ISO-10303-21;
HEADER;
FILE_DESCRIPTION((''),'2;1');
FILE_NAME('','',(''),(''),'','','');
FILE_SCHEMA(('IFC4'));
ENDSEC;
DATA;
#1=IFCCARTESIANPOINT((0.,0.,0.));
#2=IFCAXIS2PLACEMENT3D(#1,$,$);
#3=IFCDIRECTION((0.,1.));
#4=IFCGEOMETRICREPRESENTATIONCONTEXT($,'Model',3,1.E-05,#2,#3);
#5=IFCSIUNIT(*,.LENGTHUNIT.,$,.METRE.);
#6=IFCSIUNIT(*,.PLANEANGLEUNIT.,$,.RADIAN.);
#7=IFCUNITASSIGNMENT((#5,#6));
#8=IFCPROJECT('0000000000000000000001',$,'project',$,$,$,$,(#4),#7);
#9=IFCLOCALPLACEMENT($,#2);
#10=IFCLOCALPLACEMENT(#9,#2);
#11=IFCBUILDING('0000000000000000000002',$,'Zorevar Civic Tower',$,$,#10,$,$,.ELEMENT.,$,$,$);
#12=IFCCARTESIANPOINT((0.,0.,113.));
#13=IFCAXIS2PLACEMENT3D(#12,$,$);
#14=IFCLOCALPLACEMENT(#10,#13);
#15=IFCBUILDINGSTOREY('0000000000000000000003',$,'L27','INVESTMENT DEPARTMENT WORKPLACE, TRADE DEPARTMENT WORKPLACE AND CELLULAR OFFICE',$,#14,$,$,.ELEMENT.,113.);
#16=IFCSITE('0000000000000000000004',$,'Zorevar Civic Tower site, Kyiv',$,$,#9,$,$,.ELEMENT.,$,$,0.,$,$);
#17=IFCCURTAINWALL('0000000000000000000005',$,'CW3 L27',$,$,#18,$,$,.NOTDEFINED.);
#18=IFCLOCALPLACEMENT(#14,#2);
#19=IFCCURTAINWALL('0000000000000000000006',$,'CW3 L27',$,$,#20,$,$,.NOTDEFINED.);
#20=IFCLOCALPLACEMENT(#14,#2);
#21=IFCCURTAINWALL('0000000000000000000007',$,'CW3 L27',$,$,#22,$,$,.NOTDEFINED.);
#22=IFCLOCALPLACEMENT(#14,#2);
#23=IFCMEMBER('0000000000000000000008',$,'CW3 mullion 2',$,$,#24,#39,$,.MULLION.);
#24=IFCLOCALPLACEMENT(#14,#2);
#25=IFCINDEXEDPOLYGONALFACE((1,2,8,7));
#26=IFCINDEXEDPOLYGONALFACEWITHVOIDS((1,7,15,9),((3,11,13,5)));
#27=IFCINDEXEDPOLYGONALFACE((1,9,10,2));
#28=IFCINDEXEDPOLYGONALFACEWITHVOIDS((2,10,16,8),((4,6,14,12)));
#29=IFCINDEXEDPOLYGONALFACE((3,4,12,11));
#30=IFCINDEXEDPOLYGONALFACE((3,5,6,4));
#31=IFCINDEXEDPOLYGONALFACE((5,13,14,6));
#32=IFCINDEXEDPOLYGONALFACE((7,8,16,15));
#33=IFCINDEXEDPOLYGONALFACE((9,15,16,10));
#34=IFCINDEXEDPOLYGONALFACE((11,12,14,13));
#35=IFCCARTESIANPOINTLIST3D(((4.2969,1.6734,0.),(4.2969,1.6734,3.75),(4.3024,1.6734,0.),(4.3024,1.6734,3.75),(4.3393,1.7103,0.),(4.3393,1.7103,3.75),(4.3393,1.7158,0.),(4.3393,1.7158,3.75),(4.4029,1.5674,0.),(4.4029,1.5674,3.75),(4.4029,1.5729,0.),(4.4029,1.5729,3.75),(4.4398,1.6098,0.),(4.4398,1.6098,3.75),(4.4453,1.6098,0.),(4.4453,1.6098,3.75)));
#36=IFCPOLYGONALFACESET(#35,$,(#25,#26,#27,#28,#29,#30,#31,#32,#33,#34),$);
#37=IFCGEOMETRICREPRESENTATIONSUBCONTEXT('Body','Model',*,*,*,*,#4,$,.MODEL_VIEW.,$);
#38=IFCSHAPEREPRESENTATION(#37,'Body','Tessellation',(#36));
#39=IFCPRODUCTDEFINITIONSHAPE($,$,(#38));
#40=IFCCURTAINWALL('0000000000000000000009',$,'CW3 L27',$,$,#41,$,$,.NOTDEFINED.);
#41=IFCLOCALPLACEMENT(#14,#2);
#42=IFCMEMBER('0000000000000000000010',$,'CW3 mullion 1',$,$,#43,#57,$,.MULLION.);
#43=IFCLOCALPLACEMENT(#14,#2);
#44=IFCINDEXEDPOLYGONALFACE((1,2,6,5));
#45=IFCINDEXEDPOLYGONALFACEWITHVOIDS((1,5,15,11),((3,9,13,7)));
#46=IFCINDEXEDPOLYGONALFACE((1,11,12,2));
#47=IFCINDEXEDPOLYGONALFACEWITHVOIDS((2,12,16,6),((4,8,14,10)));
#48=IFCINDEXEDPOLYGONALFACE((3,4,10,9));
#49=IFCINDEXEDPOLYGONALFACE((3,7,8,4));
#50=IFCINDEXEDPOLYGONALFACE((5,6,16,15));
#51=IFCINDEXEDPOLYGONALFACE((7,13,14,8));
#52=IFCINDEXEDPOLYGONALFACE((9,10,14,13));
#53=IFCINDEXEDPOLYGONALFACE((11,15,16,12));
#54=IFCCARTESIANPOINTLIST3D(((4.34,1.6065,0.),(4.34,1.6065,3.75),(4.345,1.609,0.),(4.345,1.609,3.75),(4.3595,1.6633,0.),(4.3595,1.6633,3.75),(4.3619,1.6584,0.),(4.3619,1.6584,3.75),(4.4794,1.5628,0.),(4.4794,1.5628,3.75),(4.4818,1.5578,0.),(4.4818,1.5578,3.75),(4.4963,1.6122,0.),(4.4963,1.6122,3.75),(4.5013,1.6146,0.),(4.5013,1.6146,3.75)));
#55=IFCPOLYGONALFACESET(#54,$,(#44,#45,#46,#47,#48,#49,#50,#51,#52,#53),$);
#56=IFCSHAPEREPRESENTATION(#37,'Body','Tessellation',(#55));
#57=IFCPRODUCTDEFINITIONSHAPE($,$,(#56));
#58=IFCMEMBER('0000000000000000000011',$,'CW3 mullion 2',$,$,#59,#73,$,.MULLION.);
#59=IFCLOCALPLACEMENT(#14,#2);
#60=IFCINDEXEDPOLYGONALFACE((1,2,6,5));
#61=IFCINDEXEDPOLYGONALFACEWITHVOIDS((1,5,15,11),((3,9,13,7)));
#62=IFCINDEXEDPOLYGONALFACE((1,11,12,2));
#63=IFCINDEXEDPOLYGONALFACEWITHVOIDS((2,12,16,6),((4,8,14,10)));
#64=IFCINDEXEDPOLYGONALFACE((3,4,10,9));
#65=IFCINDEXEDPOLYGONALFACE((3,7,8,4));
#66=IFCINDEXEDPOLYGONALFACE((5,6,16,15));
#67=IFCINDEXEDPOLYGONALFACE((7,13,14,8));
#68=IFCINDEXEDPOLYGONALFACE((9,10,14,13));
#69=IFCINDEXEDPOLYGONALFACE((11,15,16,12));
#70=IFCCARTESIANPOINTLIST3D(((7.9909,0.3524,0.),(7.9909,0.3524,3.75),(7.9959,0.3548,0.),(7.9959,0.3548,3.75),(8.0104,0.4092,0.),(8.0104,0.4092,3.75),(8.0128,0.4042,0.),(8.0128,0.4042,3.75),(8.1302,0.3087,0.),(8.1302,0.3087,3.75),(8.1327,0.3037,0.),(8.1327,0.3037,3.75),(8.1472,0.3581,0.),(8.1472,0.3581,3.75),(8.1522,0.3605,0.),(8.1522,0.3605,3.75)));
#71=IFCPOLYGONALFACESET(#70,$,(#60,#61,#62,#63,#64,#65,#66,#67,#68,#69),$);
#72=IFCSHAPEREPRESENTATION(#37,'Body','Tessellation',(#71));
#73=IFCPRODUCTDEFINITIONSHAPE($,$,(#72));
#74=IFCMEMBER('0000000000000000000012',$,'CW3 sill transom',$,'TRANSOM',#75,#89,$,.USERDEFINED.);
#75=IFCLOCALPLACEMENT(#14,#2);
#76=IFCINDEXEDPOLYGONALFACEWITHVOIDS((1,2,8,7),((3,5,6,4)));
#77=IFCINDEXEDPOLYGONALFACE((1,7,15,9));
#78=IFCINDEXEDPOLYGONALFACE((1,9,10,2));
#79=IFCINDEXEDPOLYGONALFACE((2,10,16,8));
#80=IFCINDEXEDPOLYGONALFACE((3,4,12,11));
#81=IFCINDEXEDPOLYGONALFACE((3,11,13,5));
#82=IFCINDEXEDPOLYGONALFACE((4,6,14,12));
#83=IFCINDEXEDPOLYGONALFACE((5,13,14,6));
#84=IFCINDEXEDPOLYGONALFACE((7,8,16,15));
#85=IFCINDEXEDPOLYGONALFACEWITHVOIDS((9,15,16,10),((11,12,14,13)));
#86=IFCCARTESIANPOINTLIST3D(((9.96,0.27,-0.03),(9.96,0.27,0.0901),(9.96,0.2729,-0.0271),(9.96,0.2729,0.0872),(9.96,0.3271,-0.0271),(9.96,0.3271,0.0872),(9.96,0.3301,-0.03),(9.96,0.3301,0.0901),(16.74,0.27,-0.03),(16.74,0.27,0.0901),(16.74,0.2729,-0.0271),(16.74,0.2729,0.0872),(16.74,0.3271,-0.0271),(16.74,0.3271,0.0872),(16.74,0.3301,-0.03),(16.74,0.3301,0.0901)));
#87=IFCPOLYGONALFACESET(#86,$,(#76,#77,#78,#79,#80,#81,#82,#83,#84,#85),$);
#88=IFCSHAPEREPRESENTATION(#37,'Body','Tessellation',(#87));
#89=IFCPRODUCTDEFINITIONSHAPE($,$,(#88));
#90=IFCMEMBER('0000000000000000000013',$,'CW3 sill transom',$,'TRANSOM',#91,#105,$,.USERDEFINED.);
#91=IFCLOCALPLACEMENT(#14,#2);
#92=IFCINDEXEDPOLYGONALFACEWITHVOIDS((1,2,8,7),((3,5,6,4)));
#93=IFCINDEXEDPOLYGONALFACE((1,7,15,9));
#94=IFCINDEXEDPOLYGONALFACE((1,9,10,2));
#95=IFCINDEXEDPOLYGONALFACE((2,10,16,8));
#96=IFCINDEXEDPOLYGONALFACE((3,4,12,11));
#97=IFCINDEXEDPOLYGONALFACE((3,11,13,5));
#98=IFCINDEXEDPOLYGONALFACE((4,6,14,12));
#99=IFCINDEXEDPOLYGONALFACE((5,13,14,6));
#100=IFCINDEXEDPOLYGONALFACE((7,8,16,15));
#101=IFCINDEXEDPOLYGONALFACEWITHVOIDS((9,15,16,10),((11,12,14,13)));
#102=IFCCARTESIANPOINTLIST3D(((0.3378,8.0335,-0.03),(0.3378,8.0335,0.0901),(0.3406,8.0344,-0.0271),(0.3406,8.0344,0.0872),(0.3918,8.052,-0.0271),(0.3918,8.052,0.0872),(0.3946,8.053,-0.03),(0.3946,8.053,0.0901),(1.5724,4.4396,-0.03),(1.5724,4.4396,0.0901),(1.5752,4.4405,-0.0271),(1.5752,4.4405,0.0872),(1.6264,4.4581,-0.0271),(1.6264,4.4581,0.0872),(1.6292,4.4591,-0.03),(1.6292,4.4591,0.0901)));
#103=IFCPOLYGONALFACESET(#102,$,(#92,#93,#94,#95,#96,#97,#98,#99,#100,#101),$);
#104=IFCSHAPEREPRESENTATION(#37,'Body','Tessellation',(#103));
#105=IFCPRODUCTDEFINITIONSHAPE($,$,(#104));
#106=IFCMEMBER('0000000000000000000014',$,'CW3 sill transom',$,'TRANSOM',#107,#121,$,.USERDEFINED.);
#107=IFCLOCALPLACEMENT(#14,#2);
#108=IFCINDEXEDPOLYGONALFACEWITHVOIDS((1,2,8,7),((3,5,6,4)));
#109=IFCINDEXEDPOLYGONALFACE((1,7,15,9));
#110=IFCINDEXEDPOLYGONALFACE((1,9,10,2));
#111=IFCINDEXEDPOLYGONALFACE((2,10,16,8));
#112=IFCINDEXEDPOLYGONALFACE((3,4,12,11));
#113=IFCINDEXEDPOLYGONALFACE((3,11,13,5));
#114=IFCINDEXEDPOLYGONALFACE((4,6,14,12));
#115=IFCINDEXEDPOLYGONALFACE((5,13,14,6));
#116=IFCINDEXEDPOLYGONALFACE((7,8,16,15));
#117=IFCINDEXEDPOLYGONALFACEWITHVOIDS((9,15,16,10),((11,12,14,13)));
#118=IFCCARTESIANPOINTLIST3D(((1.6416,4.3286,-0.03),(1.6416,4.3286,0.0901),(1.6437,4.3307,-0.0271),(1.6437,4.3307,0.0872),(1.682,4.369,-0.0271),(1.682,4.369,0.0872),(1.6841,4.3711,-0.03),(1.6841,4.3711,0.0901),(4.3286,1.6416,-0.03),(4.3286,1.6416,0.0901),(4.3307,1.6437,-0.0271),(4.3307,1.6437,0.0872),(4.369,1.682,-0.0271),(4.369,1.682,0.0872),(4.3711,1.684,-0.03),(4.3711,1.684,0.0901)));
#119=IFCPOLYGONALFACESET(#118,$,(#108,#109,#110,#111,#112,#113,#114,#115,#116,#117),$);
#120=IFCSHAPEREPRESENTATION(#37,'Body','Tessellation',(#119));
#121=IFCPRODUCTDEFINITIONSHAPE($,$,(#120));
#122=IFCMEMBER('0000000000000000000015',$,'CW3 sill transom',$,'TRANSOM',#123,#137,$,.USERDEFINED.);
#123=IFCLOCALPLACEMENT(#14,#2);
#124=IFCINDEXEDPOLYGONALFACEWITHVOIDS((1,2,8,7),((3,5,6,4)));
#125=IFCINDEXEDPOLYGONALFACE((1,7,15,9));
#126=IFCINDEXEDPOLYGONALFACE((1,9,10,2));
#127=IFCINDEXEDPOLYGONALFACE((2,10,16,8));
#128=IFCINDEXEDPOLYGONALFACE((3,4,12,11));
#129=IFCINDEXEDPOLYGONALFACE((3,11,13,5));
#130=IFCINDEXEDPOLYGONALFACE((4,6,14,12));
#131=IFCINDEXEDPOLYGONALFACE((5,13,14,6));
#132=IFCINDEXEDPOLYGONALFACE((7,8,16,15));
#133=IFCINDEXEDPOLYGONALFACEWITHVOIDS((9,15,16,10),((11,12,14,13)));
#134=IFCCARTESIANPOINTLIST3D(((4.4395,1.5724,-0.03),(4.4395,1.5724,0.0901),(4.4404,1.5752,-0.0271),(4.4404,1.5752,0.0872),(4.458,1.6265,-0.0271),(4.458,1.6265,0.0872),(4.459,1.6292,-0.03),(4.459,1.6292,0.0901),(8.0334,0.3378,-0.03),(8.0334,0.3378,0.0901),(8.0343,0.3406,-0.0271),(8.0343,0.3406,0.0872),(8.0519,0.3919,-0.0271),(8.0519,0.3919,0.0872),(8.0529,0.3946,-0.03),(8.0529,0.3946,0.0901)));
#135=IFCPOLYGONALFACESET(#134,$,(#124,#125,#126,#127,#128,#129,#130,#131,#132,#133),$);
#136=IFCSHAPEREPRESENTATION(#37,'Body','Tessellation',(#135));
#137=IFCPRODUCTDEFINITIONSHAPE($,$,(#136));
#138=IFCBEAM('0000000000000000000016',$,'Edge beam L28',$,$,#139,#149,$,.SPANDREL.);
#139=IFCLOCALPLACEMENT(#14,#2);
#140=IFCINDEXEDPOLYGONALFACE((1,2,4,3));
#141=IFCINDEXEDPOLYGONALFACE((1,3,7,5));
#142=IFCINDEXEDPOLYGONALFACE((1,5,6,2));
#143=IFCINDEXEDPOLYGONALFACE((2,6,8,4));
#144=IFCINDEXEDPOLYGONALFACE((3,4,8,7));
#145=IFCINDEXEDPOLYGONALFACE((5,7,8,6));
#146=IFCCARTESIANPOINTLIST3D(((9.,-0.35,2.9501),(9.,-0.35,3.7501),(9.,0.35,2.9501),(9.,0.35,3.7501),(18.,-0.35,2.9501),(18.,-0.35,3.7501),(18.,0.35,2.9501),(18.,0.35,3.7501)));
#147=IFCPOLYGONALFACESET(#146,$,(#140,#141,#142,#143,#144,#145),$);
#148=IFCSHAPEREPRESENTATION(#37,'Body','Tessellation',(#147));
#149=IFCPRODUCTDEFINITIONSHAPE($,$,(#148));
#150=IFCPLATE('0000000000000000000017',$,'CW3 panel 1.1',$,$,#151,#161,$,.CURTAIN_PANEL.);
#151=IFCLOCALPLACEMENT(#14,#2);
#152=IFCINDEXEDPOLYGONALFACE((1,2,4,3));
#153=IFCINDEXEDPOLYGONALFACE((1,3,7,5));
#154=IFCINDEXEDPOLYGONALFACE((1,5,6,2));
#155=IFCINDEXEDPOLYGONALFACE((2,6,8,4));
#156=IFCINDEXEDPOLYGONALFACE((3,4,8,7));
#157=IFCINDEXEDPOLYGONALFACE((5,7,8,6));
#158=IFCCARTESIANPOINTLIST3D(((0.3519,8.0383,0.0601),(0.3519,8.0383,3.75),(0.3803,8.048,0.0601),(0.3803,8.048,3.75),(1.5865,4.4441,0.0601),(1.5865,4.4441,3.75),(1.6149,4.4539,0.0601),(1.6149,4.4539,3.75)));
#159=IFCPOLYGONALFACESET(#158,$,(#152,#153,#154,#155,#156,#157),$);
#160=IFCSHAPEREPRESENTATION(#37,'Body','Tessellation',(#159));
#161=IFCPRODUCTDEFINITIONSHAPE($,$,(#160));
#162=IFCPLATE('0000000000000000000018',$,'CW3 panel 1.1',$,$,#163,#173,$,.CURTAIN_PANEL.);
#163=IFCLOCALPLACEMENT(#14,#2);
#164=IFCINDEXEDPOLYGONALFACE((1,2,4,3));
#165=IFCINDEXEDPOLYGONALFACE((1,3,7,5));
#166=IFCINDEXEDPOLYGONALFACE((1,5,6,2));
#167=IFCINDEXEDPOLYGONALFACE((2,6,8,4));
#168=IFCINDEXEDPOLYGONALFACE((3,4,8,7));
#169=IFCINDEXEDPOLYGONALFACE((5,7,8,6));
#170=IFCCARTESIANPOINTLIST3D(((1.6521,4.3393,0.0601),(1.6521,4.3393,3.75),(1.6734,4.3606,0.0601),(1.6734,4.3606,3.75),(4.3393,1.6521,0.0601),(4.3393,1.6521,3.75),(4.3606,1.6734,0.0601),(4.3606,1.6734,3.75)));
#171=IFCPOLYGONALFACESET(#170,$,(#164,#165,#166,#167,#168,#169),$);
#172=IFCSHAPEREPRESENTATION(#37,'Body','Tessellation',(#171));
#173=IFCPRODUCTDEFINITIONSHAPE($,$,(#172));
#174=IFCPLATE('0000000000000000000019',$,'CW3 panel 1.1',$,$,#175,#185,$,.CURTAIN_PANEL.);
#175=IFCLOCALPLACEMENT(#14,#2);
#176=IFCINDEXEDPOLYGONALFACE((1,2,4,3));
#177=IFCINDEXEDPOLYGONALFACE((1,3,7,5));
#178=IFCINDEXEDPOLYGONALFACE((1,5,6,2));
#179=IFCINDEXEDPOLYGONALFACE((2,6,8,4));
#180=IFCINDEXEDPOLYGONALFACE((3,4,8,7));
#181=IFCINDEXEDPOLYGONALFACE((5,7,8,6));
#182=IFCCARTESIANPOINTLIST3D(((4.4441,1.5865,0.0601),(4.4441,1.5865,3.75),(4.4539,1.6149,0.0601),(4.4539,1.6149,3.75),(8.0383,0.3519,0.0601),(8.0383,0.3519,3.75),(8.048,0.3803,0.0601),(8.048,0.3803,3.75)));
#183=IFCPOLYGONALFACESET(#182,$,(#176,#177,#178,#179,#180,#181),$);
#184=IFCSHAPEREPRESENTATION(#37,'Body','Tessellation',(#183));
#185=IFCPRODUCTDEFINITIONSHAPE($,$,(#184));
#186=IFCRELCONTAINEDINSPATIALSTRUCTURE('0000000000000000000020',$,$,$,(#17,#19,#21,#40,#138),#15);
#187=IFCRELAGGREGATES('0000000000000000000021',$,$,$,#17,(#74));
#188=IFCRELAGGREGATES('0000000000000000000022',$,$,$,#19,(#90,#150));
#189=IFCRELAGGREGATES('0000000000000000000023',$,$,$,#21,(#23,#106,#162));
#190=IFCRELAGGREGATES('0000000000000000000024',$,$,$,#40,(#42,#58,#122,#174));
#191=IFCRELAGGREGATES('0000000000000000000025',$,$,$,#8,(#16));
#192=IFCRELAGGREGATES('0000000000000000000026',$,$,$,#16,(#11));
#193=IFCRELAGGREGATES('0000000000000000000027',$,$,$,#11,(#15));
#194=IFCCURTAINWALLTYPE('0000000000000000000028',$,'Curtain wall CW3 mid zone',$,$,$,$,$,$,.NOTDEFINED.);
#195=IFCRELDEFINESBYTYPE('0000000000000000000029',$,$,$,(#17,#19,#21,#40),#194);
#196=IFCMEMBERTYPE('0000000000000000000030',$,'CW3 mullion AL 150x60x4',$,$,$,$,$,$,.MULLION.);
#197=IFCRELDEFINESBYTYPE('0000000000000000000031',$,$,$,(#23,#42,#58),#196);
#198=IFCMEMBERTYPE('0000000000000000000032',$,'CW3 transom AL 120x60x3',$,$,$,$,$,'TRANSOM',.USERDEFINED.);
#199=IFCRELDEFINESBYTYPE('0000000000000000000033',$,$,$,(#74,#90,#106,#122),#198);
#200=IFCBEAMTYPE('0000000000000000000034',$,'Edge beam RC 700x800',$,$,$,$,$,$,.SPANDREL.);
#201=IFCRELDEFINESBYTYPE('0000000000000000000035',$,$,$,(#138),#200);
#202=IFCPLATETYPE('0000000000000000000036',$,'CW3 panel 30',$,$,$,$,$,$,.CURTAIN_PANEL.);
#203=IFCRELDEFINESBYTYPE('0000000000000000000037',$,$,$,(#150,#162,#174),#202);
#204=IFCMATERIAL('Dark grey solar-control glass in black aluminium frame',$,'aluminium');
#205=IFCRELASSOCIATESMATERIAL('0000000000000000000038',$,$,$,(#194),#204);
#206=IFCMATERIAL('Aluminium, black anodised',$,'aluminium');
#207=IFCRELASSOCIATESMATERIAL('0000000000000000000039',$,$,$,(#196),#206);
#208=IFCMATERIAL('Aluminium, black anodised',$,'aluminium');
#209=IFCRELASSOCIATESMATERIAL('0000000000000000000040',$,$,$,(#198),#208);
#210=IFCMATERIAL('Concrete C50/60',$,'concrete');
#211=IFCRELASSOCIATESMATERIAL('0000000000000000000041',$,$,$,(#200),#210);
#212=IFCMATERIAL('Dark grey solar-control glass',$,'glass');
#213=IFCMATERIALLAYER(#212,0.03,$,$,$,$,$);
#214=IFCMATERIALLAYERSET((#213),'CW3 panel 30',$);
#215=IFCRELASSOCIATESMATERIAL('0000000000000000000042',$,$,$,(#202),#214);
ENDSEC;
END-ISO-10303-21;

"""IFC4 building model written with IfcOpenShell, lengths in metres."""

from ifc_helpers import new_model, si_unit, direction, frame, origin, origin_2d, place, context, subcontext, project, spatial, rectangle, hollow_rectangle, extrude, material, layer, layer_set, material_profile, profile_set, type_object, element, aggregate, save


model = new_model("IFC4")

# Units and contexts
model_context = context("Model", 3, precision=1e-05, world=origin(), true_north=direction((0.0, 1.0)))
body_context = subcontext(model_context, "Body", "Model", "MODEL_VIEW")
ifc_project = project(units=[si_unit("LENGTHUNIT", "METRE"), si_unit("PLANEANGLEUNIT", "RADIAN")], contexts=[model_context])

# Site, building, storey
site_placement = place(None, origin())
site = spatial("IfcSite", under=ifc_project, at=site_placement, Name="Zorevar Civic Tower site, Kyiv", CompositionType="ELEMENT", RefElevation=0.0)
building_placement = place(site_placement, origin())
building = spatial("IfcBuilding", under=site, at=building_placement, Name="Zorevar Civic Tower", CompositionType="ELEMENT")
storey_placement = place(building_placement, frame((0.0, 0.0, 113.0)))
storey = spatial("IfcBuildingStorey", under=building, at=storey_placement, Name="L27", Description="INVESTMENT DEPARTMENT WORKPLACE, TRADE DEPARTMENT WORKPLACE AND CELLULAR OFFICE", CompositionType="ELEMENT", Elevation=113.0)

# Curtain wall
ifc_material_1 = material(Name="Dark grey solar-control glass in black aluminium frame", Category="aluminium")
curtain_wall_type = type_object("IfcCurtainWallType", Name="Curtain wall CW3 mid zone", PredefinedType="NOTDEFINED", material=ifc_material_1)
curtain_wall_1_placement = place(storey_placement, origin())
curtain_wall_1 = element("IfcCurtainWall", 1, at=curtain_wall_1_placement, inside=storey, type_object=curtain_wall_type, Name="CW3 L27", PredefinedType="NOTDEFINED")
ifc_material_2 = material(Name="Aluminium, black anodised", Category="aluminium")
ifc_material_profile_1 = material_profile(ifc_material_2, hollow_rectangle(XDim=0.0601, YDim=0.1499, WallThickness=0.0039, at=origin_2d()), Name="AL 150x60x4")
ifc_profile_set_1 = profile_set([ifc_material_profile_1], Name="Aluminium, black anodised")
member_type_1 = type_object("IfcMemberType", Name="CW3 mullion AL 150x60x4", PredefinedType="MULLION", material=ifc_profile_set_1)

# Curtain walls, members
curtain_wall_2_placement = place(storey_placement, origin())
curtain_wall_2 = element("IfcCurtainWall", 2, at=curtain_wall_2_placement, inside=storey, type_object=curtain_wall_type, Name="CW3 L27", PredefinedType="NOTDEFINED")
curtain_wall_3_placement = place(storey_placement, origin())
curtain_wall_3 = element("IfcCurtainWall", 3, at=curtain_wall_3_placement, inside=storey, type_object=curtain_wall_type, Name="CW3 L27", PredefinedType="NOTDEFINED")
member_1_placement = place(storey_placement, frame((4.3711, 1.6416, 0.0), z_axis=(0.0, 0.0, 1.0), x_axis=(0.707107, 0.707107, 0.0)))
member_1 = element("IfcMember", 4, at=member_1_placement, type_object=member_type_1, Name="CW3 mullion 2", PredefinedType="MULLION", context=body_context, shape_type="SweptSolid", body=[
    extrude(hollow_rectangle(XDim=0.0601, YDim=0.1499, WallThickness=0.0039, at=origin_2d()), origin(), (0.0, 0.0, 1.0), 3.75),
])
curtain_wall_4_placement = place(storey_placement, origin())
curtain_wall_4 = element("IfcCurtainWall", 5, at=curtain_wall_4_placement, inside=storey, type_object=curtain_wall_type, Name="CW3 L27", PredefinedType="NOTDEFINED")
member_2_placement = place(storey_placement, frame((4.4207, 1.6106, 0.0), z_axis=(0.0, 0.0, 1.0), x_axis=(0.324878, 0.945756, 0.0)))
member_2 = element("IfcMember", 6, at=member_2_placement, type_object=member_type_1, Name="CW3 mullion 1", PredefinedType="MULLION", context=body_context, shape_type="SweptSolid", body=[
    extrude(hollow_rectangle(XDim=0.0601, YDim=0.1499, WallThickness=0.0039, at=origin_2d()), origin(), (0.0, 0.0, 1.0), 3.75),
])
member_3_placement = place(storey_placement, frame((8.0715, 0.3564, 0.0), z_axis=(0.0, 0.0, 1.0), x_axis=(0.324878, 0.945756, 0.0)))
member_3 = element("IfcMember", 7, at=member_3_placement, type_object=member_type_1, Name="CW3 mullion 2", PredefinedType="MULLION", context=body_context, shape_type="SweptSolid", body=[
    extrude(hollow_rectangle(XDim=0.0601, YDim=0.1499, WallThickness=0.0039, at=origin_2d()), origin(), (0.0, 0.0, 1.0), 3.75),
])

# Members
ifc_material_3 = material(Name="Aluminium, black anodised", Category="aluminium")
ifc_material_profile_2 = material_profile(ifc_material_3, hollow_rectangle(XDim=0.0601, YDim=0.1201, WallThickness=0.0029, at=origin_2d()), Name="AL 120x60x3")
ifc_profile_set_2 = profile_set([ifc_material_profile_2], Name="Aluminium, black anodised")
member_type_2 = type_object("IfcMemberType", Name="CW3 transom AL 120x60x3", ElementType="TRANSOM", PredefinedType="USERDEFINED", material=ifc_profile_set_2)
member_4_placement = place(storey_placement, frame((9.96, 0.3, 0.03), z_axis=(1.0, 0.0, 0.0), x_axis=(0.0, 1.0, 0.0)))
member_4 = element("IfcMember", 8, at=member_4_placement, type_object=member_type_2, Name="CW3 sill transom", ObjectType="TRANSOM", PredefinedType="USERDEFINED", context=body_context, shape_type="SweptSolid", body=[
    extrude(hollow_rectangle(XDim=0.0601, YDim=0.1201, WallThickness=0.0029, at=origin_2d()), origin(), (0.0, 0.0, 1.0), 6.78),
])
aggregate(curtain_wall_1, [member_4])
member_5_placement = place(storey_placement, frame((0.3662, 8.0432, 0.03), z_axis=(0.324888, -0.945753, 0.0), x_axis=(0.945753, 0.324888, 0.0)))
member_5 = element("IfcMember", 9, at=member_5_placement, type_object=member_type_2, Name="CW3 sill transom", ObjectType="TRANSOM", PredefinedType="USERDEFINED", context=body_context, shape_type="SweptSolid", body=[
    extrude(hollow_rectangle(XDim=0.0601, YDim=0.1201, WallThickness=0.0029, at=origin_2d()), origin(), (0.0, 0.0, 1.0), 3.8),
])
member_6_placement = place(storey_placement, frame((1.6628, 4.3499, 0.03), z_axis=(0.707107, -0.707107, 0.0), x_axis=(0.707107, 0.707107, 0.0)))
member_6 = element("IfcMember", 10, at=member_6_placement, type_object=member_type_2, Name="CW3 sill transom", ObjectType="TRANSOM", PredefinedType="USERDEFINED", context=body_context, shape_type="SweptSolid", body=[
    extrude(hollow_rectangle(XDim=0.0601, YDim=0.1201, WallThickness=0.0029, at=origin_2d()), origin(), (0.0, 0.0, 1.0), 3.8),
])
member_7_placement = place(storey_placement, frame((4.4492, 1.6008, 0.03), z_axis=(0.945753, -0.324888, 0.0), x_axis=(0.324888, 0.945753, 0.0)))
member_7 = element("IfcMember", 11, at=member_7_placement, type_object=member_type_2, Name="CW3 sill transom", ObjectType="TRANSOM", PredefinedType="USERDEFINED", context=body_context, shape_type="SweptSolid", body=[
    extrude(hollow_rectangle(XDim=0.0601, YDim=0.1201, WallThickness=0.0029, at=origin_2d()), origin(), (0.0, 0.0, 1.0), 3.8),
])

# Beam
ifc_material_4 = material(Name="Concrete C50/60", Category="concrete")
ifc_material_profile_3 = material_profile(ifc_material_4, rectangle(XDim=0.7, YDim=0.8, at=origin_2d()), Name="RC 700x800")
ifc_profile_set_3 = profile_set([ifc_material_profile_3], Name="Concrete C50/60")
beam_type_1 = type_object("IfcBeamType", Name="Edge beam RC 700x800", PredefinedType="SPANDREL", material=ifc_profile_set_3)
beam_1_placement = place(storey_placement, frame((9.0, 0.0, 3.3501), z_axis=(1.0, 0.0, 0.0), x_axis=(0.0, 1.0, 0.0)))
element("IfcBeam", 12, at=beam_1_placement, inside=storey, type_object=beam_type_1, Name="Edge beam L28", PredefinedType="SPANDREL", context=body_context, shape_type="SweptSolid", body=[
    extrude(rectangle(XDim=0.7, YDim=0.8, at=origin_2d()), origin(), (0.0, 0.0, 1.0), 9.0),
])

# Plates
ifc_material_5 = material(Name="Dark grey solar-control glass", Category="glass")
ifc_layer_1 = layer(ifc_material_5, 0.03)
ifc_layer_set_1 = layer_set([ifc_layer_1], Name="CW3 panel 30")
plate_type = type_object("IfcPlateType", Name="CW3 panel 30", PredefinedType="CURTAIN_PANEL", material=ifc_layer_set_1)
plate_1_placement = place(storey_placement, frame((0.9834, 6.2461, 0.0601), z_axis=(0.0, 0.0, 1.0), x_axis=(0.324878, -0.945756, 0.0)))
plate_1 = element("IfcPlate", 13, at=plate_1_placement, type_object=plate_type, Name="CW3 panel 1.1", PredefinedType="CURTAIN_PANEL", context=body_context, shape_type="SweptSolid", body=[
    extrude(rectangle(XDim=3.8003, YDim=0.03, at=origin_2d()), origin(), (0.0, 0.0, 1.0), 3.6899),
])
aggregate(curtain_wall_2, [member_5, plate_1])
plate_2_placement = place(storey_placement, frame((3.0063, 3.0063, 0.0601), z_axis=(0.0, 0.0, 1.0), x_axis=(0.707107, -0.707107, 0.0)))
plate_2 = element("IfcPlate", 14, at=plate_2_placement, type_object=plate_type, Name="CW3 panel 1.1", PredefinedType="CURTAIN_PANEL", context=body_context, shape_type="SweptSolid", body=[
    extrude(rectangle(XDim=3.8003, YDim=0.03, at=origin_2d()), origin(), (0.0, 0.0, 1.0), 3.6899),
])
aggregate(curtain_wall_3, [member_1, member_6, plate_2])
plate_3_placement = place(storey_placement, frame((6.2461, 0.9834, 0.0601), z_axis=(0.0, 0.0, 1.0), x_axis=(0.945756, -0.324878, 0.0)))
plate_3 = element("IfcPlate", 15, at=plate_3_placement, type_object=plate_type, Name="CW3 panel 1.1", PredefinedType="CURTAIN_PANEL", context=body_context, shape_type="SweptSolid", body=[
    extrude(rectangle(XDim=3.8003, YDim=0.03, at=origin_2d()), origin(), (0.0, 0.0, 1.0), 3.6899),
])
aggregate(curtain_wall_4, [member_2, member_3, member_7, plate_3])

save(model, "model.ifc")
